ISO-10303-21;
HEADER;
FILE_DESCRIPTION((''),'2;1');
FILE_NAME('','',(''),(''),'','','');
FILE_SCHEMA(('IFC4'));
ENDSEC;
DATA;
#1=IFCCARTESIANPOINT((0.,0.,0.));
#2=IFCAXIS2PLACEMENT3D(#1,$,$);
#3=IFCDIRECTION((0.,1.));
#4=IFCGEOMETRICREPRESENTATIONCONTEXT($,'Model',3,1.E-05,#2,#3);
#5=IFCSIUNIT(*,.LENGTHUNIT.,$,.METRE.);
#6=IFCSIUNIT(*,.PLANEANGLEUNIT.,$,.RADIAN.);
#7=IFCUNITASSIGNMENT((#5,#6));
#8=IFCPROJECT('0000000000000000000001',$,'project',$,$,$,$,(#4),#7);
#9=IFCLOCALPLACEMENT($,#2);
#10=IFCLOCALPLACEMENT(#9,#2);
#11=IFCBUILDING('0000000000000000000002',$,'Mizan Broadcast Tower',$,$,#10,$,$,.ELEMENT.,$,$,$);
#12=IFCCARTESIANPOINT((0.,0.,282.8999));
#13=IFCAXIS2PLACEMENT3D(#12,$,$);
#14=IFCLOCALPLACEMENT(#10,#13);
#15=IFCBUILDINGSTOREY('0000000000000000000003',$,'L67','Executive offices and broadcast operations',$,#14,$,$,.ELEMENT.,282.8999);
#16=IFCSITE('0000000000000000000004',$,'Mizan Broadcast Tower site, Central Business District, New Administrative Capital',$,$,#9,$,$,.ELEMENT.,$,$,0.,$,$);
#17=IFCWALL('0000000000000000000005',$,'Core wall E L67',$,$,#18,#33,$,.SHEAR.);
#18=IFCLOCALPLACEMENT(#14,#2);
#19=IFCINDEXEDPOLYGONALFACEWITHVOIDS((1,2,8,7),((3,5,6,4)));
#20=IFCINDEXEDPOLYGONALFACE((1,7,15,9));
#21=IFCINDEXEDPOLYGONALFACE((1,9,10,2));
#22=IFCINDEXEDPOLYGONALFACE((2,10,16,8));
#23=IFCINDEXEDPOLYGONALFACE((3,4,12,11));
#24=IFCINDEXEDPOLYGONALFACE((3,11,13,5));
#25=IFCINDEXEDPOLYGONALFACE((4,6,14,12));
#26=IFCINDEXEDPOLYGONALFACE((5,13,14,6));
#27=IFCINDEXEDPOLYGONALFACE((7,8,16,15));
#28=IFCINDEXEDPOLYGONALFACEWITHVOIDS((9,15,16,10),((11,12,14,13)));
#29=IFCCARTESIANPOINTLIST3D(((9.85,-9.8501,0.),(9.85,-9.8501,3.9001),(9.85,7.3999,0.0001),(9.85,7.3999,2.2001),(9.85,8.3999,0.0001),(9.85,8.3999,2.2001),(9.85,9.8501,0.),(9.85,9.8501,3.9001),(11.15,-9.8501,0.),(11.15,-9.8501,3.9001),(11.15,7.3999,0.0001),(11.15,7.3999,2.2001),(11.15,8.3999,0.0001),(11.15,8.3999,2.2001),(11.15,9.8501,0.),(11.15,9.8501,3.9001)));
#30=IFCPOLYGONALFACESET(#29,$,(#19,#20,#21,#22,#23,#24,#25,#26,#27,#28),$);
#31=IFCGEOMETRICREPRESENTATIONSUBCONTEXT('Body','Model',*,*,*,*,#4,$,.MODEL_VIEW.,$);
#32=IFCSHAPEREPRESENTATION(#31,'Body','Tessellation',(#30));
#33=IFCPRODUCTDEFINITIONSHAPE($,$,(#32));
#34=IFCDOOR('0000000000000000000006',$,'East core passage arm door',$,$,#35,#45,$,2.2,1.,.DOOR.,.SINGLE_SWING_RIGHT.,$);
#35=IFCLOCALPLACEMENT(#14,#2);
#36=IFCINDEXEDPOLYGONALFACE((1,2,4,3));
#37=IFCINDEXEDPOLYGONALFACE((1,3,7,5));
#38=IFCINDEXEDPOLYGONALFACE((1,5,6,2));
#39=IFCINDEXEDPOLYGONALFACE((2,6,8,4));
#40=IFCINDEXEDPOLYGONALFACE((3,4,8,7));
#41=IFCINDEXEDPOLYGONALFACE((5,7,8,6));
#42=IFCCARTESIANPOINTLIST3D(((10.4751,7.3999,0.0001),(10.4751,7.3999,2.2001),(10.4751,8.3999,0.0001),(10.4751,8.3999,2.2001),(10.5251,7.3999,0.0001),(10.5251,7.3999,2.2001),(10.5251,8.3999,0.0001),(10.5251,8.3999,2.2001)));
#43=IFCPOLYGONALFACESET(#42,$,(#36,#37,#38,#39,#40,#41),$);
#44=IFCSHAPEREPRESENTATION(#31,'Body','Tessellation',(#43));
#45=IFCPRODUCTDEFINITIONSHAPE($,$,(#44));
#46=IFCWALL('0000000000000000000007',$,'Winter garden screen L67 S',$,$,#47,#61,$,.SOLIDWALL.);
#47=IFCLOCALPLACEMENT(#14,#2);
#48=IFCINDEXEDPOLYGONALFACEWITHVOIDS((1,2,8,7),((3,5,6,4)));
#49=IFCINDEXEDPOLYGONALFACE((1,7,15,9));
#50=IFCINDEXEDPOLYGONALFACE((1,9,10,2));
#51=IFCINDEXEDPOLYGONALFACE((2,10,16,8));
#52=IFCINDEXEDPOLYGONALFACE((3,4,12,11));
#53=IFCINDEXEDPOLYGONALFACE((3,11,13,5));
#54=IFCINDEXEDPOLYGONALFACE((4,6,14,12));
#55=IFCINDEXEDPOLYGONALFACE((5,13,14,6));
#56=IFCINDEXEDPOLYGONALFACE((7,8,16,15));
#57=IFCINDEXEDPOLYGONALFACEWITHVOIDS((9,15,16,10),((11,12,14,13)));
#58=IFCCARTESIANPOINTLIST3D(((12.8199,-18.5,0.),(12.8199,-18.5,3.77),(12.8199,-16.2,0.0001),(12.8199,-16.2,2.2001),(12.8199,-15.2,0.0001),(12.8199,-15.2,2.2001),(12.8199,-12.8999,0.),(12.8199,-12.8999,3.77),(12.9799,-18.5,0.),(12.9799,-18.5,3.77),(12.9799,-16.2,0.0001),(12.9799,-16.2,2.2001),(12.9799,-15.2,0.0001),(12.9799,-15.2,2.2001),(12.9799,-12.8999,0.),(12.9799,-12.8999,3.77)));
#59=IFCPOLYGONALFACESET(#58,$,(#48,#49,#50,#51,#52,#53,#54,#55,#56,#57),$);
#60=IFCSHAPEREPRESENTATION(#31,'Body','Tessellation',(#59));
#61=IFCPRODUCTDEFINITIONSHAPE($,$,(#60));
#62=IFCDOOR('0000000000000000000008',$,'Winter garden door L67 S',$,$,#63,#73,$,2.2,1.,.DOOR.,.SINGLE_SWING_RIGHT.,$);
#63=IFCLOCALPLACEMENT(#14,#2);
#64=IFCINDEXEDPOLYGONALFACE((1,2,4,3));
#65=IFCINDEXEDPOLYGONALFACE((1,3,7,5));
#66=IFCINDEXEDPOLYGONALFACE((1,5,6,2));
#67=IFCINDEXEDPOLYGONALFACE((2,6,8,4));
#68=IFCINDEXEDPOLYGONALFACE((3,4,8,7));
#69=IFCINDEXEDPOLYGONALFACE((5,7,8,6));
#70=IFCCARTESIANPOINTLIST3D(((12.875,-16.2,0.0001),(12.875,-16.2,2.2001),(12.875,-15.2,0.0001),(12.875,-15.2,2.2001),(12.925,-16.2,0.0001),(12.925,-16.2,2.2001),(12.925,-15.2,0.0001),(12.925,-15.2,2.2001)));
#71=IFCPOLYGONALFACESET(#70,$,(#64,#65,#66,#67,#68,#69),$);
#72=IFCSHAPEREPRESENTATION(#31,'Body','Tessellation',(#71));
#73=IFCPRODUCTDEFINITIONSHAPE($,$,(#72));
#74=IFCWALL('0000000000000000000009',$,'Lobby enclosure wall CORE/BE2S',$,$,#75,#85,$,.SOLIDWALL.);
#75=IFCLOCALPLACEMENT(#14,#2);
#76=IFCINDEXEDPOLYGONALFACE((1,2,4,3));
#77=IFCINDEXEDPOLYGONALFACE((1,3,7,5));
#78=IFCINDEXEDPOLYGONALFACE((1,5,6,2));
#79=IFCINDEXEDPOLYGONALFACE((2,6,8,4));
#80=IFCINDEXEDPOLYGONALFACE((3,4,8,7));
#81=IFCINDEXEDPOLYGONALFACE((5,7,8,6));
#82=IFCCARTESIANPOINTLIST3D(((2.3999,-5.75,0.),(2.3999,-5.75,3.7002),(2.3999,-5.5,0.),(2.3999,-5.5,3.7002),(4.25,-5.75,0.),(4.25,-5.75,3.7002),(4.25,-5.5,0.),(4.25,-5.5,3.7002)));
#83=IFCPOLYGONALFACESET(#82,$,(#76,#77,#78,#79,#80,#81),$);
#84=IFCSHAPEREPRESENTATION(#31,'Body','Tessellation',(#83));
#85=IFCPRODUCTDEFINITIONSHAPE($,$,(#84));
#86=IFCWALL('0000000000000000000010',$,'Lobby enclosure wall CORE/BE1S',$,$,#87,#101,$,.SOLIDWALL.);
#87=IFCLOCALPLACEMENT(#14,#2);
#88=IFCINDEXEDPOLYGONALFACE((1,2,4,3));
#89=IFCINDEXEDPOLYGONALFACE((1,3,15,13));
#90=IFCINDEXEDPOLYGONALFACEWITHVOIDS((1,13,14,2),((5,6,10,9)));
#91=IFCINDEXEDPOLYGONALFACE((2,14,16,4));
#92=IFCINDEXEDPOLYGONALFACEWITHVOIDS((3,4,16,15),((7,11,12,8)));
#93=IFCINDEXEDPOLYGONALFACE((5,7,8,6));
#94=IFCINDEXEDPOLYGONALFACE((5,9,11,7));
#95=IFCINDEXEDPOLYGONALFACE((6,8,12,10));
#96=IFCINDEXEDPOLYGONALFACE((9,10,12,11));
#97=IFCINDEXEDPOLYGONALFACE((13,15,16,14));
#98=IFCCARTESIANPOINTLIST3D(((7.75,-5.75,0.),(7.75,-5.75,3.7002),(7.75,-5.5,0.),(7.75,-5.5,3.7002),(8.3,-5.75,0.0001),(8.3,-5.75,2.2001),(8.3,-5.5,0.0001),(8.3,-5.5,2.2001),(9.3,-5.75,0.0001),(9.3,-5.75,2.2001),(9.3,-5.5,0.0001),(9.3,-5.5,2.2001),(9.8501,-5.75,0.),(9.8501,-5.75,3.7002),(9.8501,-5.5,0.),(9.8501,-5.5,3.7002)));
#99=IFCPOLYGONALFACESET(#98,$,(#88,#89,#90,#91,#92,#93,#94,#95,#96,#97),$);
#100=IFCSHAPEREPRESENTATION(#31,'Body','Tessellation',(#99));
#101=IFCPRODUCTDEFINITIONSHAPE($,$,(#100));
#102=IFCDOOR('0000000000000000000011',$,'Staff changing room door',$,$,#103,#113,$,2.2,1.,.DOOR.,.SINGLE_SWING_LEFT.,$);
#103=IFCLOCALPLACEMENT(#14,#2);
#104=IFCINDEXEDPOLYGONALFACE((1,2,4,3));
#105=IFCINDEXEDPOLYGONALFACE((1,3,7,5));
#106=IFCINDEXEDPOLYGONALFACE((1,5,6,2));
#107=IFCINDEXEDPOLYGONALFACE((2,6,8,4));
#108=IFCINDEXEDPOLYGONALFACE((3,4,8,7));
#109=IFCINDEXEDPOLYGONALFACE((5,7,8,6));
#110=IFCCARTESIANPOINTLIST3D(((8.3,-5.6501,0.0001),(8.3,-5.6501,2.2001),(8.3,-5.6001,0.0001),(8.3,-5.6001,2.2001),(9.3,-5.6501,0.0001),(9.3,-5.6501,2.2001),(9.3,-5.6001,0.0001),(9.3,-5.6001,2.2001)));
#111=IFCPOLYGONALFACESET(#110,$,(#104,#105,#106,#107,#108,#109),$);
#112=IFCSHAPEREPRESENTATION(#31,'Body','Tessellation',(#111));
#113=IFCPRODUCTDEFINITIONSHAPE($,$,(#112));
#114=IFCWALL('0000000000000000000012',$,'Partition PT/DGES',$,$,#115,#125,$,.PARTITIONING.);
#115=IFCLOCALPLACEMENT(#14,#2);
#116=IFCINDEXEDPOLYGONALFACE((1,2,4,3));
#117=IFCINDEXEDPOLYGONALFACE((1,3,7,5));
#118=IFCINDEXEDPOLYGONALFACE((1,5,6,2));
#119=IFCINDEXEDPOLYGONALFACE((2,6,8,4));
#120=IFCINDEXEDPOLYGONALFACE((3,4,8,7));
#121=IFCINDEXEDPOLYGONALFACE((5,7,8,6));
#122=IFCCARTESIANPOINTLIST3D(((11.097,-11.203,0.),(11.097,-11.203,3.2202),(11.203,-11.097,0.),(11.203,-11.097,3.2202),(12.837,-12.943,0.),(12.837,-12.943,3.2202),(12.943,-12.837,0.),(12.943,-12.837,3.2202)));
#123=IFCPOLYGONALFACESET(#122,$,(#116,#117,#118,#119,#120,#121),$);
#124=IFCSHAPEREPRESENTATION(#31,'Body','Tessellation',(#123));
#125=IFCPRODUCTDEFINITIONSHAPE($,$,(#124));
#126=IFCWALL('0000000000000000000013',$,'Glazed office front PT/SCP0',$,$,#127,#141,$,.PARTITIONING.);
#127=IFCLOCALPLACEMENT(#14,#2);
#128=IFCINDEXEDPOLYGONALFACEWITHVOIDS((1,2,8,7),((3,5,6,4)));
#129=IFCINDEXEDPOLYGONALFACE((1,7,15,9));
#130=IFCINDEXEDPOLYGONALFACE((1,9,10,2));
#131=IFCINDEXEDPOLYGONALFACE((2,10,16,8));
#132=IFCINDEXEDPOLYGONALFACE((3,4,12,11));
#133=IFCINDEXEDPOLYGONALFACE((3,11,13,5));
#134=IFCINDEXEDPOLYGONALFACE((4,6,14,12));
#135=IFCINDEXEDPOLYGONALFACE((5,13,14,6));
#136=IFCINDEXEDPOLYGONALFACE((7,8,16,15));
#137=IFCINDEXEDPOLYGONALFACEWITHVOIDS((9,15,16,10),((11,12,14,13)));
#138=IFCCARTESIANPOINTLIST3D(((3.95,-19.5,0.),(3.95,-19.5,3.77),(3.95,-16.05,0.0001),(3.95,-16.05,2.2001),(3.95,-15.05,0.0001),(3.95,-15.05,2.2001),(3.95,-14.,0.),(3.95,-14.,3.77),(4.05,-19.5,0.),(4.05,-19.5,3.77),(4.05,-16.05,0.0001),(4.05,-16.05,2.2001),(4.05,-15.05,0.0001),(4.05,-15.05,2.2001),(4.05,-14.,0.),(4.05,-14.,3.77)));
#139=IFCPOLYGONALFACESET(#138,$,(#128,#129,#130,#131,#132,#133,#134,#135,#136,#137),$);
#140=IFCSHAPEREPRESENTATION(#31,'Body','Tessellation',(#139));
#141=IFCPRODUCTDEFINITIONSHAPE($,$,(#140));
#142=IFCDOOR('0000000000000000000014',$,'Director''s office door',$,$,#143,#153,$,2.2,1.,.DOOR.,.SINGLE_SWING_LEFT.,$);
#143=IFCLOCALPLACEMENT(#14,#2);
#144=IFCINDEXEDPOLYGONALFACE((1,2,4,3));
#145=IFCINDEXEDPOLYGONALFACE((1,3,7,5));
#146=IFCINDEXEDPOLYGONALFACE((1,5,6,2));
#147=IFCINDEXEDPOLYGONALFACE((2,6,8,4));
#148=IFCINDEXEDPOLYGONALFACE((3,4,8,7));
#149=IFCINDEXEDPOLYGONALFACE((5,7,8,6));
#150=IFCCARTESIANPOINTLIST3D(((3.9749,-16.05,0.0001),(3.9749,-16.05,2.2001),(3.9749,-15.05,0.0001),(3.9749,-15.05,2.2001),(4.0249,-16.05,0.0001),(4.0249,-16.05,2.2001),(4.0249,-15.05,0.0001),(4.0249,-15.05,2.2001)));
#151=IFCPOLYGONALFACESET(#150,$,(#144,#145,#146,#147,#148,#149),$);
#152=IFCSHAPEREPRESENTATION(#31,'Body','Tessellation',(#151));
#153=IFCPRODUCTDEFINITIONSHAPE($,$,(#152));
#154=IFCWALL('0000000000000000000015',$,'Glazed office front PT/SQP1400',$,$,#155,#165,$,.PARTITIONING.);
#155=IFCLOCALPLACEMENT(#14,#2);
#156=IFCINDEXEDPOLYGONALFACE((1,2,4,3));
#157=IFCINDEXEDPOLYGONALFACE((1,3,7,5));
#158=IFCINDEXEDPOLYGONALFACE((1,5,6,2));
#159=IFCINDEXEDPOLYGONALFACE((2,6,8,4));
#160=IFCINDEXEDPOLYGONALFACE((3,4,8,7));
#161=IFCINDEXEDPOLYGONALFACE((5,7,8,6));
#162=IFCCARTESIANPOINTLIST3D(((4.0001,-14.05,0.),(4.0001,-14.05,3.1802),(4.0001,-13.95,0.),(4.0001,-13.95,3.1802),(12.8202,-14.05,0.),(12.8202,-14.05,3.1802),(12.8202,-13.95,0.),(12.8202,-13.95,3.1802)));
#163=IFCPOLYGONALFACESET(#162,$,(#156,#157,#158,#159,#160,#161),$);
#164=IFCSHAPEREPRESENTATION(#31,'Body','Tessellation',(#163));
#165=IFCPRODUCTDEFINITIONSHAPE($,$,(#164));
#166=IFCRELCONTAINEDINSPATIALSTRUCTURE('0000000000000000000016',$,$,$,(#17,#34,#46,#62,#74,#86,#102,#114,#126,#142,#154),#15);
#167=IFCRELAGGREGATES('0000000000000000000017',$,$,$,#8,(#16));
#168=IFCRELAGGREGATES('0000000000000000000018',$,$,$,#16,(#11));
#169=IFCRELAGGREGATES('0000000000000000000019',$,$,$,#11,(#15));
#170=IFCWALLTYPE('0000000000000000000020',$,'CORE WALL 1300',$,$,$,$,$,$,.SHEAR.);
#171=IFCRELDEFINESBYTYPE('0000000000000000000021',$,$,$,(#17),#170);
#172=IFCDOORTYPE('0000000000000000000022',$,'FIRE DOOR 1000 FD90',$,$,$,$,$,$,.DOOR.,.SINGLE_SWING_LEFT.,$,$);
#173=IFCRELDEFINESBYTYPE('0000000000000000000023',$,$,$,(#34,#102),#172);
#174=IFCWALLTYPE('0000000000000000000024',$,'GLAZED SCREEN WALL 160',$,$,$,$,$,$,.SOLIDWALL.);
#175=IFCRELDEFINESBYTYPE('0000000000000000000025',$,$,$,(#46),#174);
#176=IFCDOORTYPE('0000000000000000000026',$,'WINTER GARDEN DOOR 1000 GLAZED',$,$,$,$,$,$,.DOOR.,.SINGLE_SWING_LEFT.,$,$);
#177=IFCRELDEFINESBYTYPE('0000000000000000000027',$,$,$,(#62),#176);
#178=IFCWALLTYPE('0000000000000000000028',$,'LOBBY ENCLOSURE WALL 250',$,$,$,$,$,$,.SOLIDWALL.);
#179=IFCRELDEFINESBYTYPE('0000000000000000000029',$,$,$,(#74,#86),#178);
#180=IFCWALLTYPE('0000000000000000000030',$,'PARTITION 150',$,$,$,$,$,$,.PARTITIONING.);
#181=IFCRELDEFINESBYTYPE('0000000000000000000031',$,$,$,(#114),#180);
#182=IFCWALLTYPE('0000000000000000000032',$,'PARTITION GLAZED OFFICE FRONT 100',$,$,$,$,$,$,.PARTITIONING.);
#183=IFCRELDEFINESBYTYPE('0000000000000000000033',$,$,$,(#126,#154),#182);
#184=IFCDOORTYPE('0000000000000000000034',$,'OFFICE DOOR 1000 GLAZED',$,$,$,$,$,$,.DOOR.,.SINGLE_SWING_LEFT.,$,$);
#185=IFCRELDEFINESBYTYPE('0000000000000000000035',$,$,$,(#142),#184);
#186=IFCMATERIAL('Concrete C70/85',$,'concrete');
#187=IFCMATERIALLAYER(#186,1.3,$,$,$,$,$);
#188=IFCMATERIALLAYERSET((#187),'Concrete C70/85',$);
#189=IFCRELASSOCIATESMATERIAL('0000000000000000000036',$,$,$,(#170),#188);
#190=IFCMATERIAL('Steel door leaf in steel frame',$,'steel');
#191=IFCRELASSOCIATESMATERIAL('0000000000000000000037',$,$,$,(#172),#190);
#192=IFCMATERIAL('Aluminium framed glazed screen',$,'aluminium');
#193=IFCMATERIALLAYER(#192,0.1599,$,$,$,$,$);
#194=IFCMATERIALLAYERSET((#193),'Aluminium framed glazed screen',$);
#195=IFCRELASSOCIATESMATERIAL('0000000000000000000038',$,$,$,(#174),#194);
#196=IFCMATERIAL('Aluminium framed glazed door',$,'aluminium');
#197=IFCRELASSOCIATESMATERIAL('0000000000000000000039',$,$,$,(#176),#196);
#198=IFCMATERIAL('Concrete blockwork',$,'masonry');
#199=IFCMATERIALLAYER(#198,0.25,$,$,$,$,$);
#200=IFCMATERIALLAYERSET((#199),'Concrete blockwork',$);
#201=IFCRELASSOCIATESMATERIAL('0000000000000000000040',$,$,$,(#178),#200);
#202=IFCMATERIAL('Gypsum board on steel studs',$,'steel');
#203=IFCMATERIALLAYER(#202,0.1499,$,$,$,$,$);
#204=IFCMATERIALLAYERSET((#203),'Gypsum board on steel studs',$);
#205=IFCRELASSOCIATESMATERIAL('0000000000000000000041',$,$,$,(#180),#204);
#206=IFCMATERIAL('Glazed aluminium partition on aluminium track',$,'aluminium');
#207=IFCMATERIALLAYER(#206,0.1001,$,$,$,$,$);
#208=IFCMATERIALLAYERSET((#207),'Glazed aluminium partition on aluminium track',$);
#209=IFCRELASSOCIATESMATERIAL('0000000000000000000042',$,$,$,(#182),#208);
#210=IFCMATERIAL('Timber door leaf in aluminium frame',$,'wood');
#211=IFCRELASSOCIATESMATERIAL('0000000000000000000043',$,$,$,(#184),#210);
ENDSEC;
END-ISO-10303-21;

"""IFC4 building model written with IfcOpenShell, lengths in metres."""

from ifc_helpers import new_model, si_unit, direction, frame, frame_2d, origin, place, context, subcontext, project, spatial, rectangle, extrude, material, layer, layer_set, type_object, element, fill, save


model = new_model("IFC4")

# Units and contexts
model_context = context("Model", 3, precision=1e-05, world=origin(), true_north=direction((0.0, 1.0)))
body_context = subcontext(model_context, "Body", "Model", "MODEL_VIEW")
ifc_project = project(units=[si_unit("LENGTHUNIT", "METRE"), si_unit("PLANEANGLEUNIT", "RADIAN")], contexts=[model_context])

# Site, building, storey
site_placement = place(None, origin())
site = spatial("IfcSite", under=ifc_project, at=site_placement, Name="Mizan Broadcast Tower site, Central Business District, New Administrative Capital", CompositionType="ELEMENT", RefElevation=0.0)
building_placement = place(site_placement, origin())
building = spatial("IfcBuilding", under=site, at=building_placement, Name="Mizan Broadcast Tower", CompositionType="ELEMENT")
storey_placement = place(building_placement, frame((0.0, 0.0, 282.8999)))
storey = spatial("IfcBuildingStorey", under=building, at=storey_placement, Name="L67", Description="Executive offices and broadcast operations", CompositionType="ELEMENT", Elevation=282.8999)

# Shared definitions
ifc_material_1 = material(Name="Concrete C70/85", Category="concrete")
ifc_layer_1 = layer(ifc_material_1, 1.3)
ifc_layer_set_1 = layer_set([ifc_layer_1], Name="Concrete C70/85")
wall_type_1 = type_object("IfcWallType", Name="CORE WALL 1300", PredefinedType="SHEAR", material=ifc_layer_set_1)

# Walls, openings, doors
wall_1_placement = place(storey_placement, frame((10.5, -9.8501, 0.0), z_axis=(0.0, 0.0, 1.0), x_axis=(0.0, 1.0, 0.0)))
wall_1 = element("IfcWall", 1, at=wall_1_placement, inside=storey, type_object=wall_type_1, Name="Core wall E L67", PredefinedType="SHEAR", context=body_context, shape_type="SweptSolid", body=[
    extrude(rectangle(XDim=19.7002, YDim=1.3, at=frame_2d((9.8501, 0.0))), origin(), (0.0, 0.0, 1.0), 3.9001),
])
opening_1_placement = place(wall_1_placement, frame((17.25, 0.0, 0.0)))
opening_1 = element("IfcOpeningElement", 2, at=opening_1_placement, cuts=wall_1, PredefinedType="OPENING", context=body_context, shape_type="SweptSolid", body=[
    extrude(rectangle(XDim=1.0, YDim=2.2, at=frame_2d((0.5, 1.1001))), frame((0.0, 0.6599, 0.0), z_axis=(0.0, -1.0, 0.0), x_axis=(1.0, 0.0, 0.0)), (0.0, 0.0, 1.0), 1.3201),
])
ifc_material_2 = material(Name="Steel door leaf in steel frame", Category="steel")
door_type_1 = type_object("IfcDoorType", Name="FIRE DOOR 1000 FD90", OperationType="SINGLE_SWING_LEFT", PredefinedType="DOOR", material=ifc_material_2)
door_1_placement = place(opening_1_placement, origin())
door_1 = element("IfcDoor", 3, at=door_1_placement, inside=storey, type_object=door_type_1, Name="East core passage arm door", OperationType="SINGLE_SWING_RIGHT", OverallHeight=2.2, OverallWidth=1.0, PredefinedType="DOOR", context=body_context, shape_type="SweptSolid", body=[
    extrude(rectangle(XDim=1.0, YDim=2.2, at=frame_2d((0.5, 1.1001))), frame((0.0, 0.0249, 0.0), z_axis=(0.0, -1.0, 0.0), x_axis=(1.0, 0.0, 0.0)), (0.0, 0.0, 1.0), 0.05),
])
fill(opening_1, door_1)
ifc_material_3 = material(Name="Aluminium framed glazed screen", Category="aluminium")
ifc_layer_2 = layer(ifc_material_3, 0.1599)
ifc_layer_set_2 = layer_set([ifc_layer_2], Name="Aluminium framed glazed screen")
wall_type_2 = type_object("IfcWallType", Name="GLAZED SCREEN WALL 160", PredefinedType="SOLIDWALL", material=ifc_layer_set_2)
wall_2_placement = place(storey_placement, frame((12.8999, -18.5, 0.0), z_axis=(0.0, 0.0, 1.0), x_axis=(0.0, 1.0, 0.0)))
wall_2 = element("IfcWall", 4, at=wall_2_placement, inside=storey, type_object=wall_type_2, Name="Winter garden screen L67 S", PredefinedType="SOLIDWALL", context=body_context, shape_type="SweptSolid", body=[
    extrude(rectangle(XDim=5.6001, YDim=0.1599, at=frame_2d((2.8, 0.0))), origin(), (0.0, 0.0, 1.0), 3.77),
])
opening_2_placement = place(wall_2_placement, frame((2.3, 0.0, 0.0)))
opening_2 = element("IfcOpeningElement", 5, at=opening_2_placement, cuts=wall_2, PredefinedType="OPENING", context=body_context, shape_type="SweptSolid", body=[
    extrude(rectangle(XDim=1.0, YDim=2.2, at=frame_2d((0.5, 1.1001))), frame((0.0, 0.0898, 0.0), z_axis=(0.0, -1.0, 0.0), x_axis=(1.0, 0.0, 0.0)), (0.0, 0.0, 1.0), 0.1799),
])
ifc_material_4 = material(Name="Aluminium framed glazed door", Category="aluminium")
door_type_2 = type_object("IfcDoorType", Name="WINTER GARDEN DOOR 1000 GLAZED", OperationType="SINGLE_SWING_LEFT", PredefinedType="DOOR", material=ifc_material_4)
door_2_placement = place(opening_2_placement, origin())
door_2 = element("IfcDoor", 6, at=door_2_placement, inside=storey, type_object=door_type_2, Name="Winter garden door L67 S", OperationType="SINGLE_SWING_RIGHT", OverallHeight=2.2, OverallWidth=1.0, PredefinedType="DOOR", context=body_context, shape_type="SweptSolid", body=[
    extrude(rectangle(XDim=1.0, YDim=2.2, at=frame_2d((0.5, 1.1001))), frame((0.0, 0.0249, 0.0), z_axis=(0.0, -1.0, 0.0), x_axis=(1.0, 0.0, 0.0)), (0.0, 0.0, 1.0), 0.05),
])
fill(opening_2, door_2)

# Wall
ifc_material_5 = material(Name="Concrete blockwork", Category="masonry")
ifc_layer_3 = layer(ifc_material_5, 0.25)
ifc_layer_set_3 = layer_set([ifc_layer_3], Name="Concrete blockwork")
wall_type_3 = type_object("IfcWallType", Name="LOBBY ENCLOSURE WALL 250", PredefinedType="SOLIDWALL", material=ifc_layer_set_3)
wall_3_placement = place(storey_placement, frame((2.3999, -5.625, 0.0), z_axis=(0.0, 0.0, 1.0), x_axis=(1.0, 0.0, 0.0)))
element("IfcWall", 7, at=wall_3_placement, inside=storey, type_object=wall_type_3, Name="Lobby enclosure wall CORE/BE2S", PredefinedType="SOLIDWALL", context=body_context, shape_type="SweptSolid", body=[
    extrude(rectangle(XDim=1.8501, YDim=0.25, at=frame_2d((0.925, 0.0))), origin(), (0.0, 0.0, 1.0), 3.7002),
])

# Wall, opening, door
wall_4_placement = place(storey_placement, frame((7.75, -5.625, 0.0), z_axis=(0.0, 0.0, 1.0), x_axis=(1.0, 0.0, 0.0)))
wall_4 = element("IfcWall", 8, at=wall_4_placement, inside=storey, type_object=wall_type_3, Name="Lobby enclosure wall CORE/BE1S", PredefinedType="SOLIDWALL", context=body_context, shape_type="SweptSolid", body=[
    extrude(rectangle(XDim=2.1001, YDim=0.25, at=frame_2d((1.05, 0.0))), origin(), (0.0, 0.0, 1.0), 3.7002),
])
opening_3_placement = place(wall_4_placement, frame((0.55, 0.0, 0.0)))
opening_3 = element("IfcOpeningElement", 9, at=opening_3_placement, cuts=wall_4, PredefinedType="OPENING", context=body_context, shape_type="SweptSolid", body=[
    extrude(rectangle(XDim=1.0, YDim=2.2, at=frame_2d((0.5, 1.1001))), frame((0.0, 0.135, 0.0), z_axis=(0.0, -1.0, 0.0), x_axis=(1.0, 0.0, 0.0)), (0.0, 0.0, 1.0), 0.27),
])
door_3_placement = place(opening_3_placement, origin())
door_3 = element("IfcDoor", 10, at=door_3_placement, inside=storey, type_object=door_type_1, Name="Staff changing room door", OperationType="SINGLE_SWING_LEFT", OverallHeight=2.2, OverallWidth=1.0, PredefinedType="DOOR", context=body_context, shape_type="SweptSolid", body=[
    extrude(rectangle(XDim=1.0, YDim=2.2, at=frame_2d((0.5, 1.1001))), frame((0.0, 0.0249, 0.0), z_axis=(0.0, -1.0, 0.0), x_axis=(1.0, 0.0, 0.0)), (0.0, 0.0, 1.0), 0.05),
])
fill(opening_3, door_3)

# Wall
ifc_material_6 = material(Name="Gypsum board on steel studs", Category="steel")
ifc_layer_4 = layer(ifc_material_6, 0.1499)
ifc_layer_set_4 = layer_set([ifc_layer_4], Name="Gypsum board on steel studs")
wall_type_4 = type_object("IfcWallType", Name="PARTITION 150", PredefinedType="PARTITIONING", material=ifc_layer_set_4)
wall_5_placement = place(storey_placement, frame((11.1499, -11.1499, 0.0), z_axis=(0.0, 0.0, 1.0), x_axis=(0.707107, -0.707107, 0.0)))
element("IfcWall", 11, at=wall_5_placement, inside=storey, type_object=wall_type_4, Name="Partition PT/DGES", PredefinedType="PARTITIONING", context=body_context, shape_type="SweptSolid", body=[
    extrude(rectangle(XDim=2.4607, YDim=0.1499, at=frame_2d((1.2305, 0.0))), origin(), (0.0, 0.0, 1.0), 3.2202),
])

# Wall, opening, door
ifc_material_7 = material(Name="Glazed aluminium partition on aluminium track", Category="aluminium")
ifc_layer_5 = layer(ifc_material_7, 0.1001)
ifc_layer_set_5 = layer_set([ifc_layer_5], Name="Glazed aluminium partition on aluminium track")
wall_type_5 = type_object("IfcWallType", Name="PARTITION GLAZED OFFICE FRONT 100", PredefinedType="PARTITIONING", material=ifc_layer_set_5)
wall_6_placement = place(storey_placement, frame((4.0, -14.0, 0.0), z_axis=(0.0, 0.0, 1.0), x_axis=(0.0, -1.0, 0.0)))
wall_6 = element("IfcWall", 12, at=wall_6_placement, inside=storey, type_object=wall_type_5, Name="Glazed office front PT/SCP0", PredefinedType="PARTITIONING", context=body_context, shape_type="SweptSolid", body=[
    extrude(rectangle(XDim=5.5, YDim=0.1001, at=frame_2d((2.75, 0.0))), origin(), (0.0, 0.0, 1.0), 3.77),
])
opening_4_placement = place(wall_6_placement, frame((1.05, 0.0, 0.0)))
opening_4 = element("IfcOpeningElement", 13, at=opening_4_placement, cuts=wall_6, PredefinedType="OPENING", context=body_context, shape_type="SweptSolid", body=[
    extrude(rectangle(XDim=1.0, YDim=2.2, at=frame_2d((0.5, 1.1001))), frame((0.0, 0.0601, 0.0), z_axis=(0.0, -1.0, 0.0), x_axis=(1.0, 0.0, 0.0)), (0.0, 0.0, 1.0), 0.1201),
])
ifc_material_8 = material(Name="Timber door leaf in aluminium frame", Category="wood")
door_type_3 = type_object("IfcDoorType", Name="OFFICE DOOR 1000 GLAZED", OperationType="SINGLE_SWING_LEFT", PredefinedType="DOOR", material=ifc_material_8)
door_4_placement = place(opening_4_placement, origin())
door_4 = element("IfcDoor", 14, at=door_4_placement, inside=storey, type_object=door_type_3, Name="Director's office door", OperationType="SINGLE_SWING_LEFT", OverallHeight=2.2, OverallWidth=1.0, PredefinedType="DOOR", context=body_context, shape_type="SweptSolid", body=[
    extrude(rectangle(XDim=1.0, YDim=2.2, at=frame_2d((0.5, 1.1001))), frame((0.0, 0.0249, 0.0), z_axis=(0.0, -1.0, 0.0), x_axis=(1.0, 0.0, 0.0)), (0.0, 0.0, 1.0), 0.05),
])
fill(opening_4, door_4)

# Wall
wall_7_placement = place(storey_placement, frame((4.0, -14.0, 0.0), z_axis=(0.0, 0.0, 1.0), x_axis=(1.0, 0.0, 0.0)))
element("IfcWall", 15, at=wall_7_placement, inside=storey, type_object=wall_type_5, Name="Glazed office front PT/SQP1400", PredefinedType="PARTITIONING", context=body_context, shape_type="SweptSolid", body=[
    extrude(rectangle(XDim=8.8201, YDim=0.1001, at=frame_2d((4.4102, 0.0))), origin(), (0.0, 0.0, 1.0), 3.1802),
])

save(model, "model.ifc")
